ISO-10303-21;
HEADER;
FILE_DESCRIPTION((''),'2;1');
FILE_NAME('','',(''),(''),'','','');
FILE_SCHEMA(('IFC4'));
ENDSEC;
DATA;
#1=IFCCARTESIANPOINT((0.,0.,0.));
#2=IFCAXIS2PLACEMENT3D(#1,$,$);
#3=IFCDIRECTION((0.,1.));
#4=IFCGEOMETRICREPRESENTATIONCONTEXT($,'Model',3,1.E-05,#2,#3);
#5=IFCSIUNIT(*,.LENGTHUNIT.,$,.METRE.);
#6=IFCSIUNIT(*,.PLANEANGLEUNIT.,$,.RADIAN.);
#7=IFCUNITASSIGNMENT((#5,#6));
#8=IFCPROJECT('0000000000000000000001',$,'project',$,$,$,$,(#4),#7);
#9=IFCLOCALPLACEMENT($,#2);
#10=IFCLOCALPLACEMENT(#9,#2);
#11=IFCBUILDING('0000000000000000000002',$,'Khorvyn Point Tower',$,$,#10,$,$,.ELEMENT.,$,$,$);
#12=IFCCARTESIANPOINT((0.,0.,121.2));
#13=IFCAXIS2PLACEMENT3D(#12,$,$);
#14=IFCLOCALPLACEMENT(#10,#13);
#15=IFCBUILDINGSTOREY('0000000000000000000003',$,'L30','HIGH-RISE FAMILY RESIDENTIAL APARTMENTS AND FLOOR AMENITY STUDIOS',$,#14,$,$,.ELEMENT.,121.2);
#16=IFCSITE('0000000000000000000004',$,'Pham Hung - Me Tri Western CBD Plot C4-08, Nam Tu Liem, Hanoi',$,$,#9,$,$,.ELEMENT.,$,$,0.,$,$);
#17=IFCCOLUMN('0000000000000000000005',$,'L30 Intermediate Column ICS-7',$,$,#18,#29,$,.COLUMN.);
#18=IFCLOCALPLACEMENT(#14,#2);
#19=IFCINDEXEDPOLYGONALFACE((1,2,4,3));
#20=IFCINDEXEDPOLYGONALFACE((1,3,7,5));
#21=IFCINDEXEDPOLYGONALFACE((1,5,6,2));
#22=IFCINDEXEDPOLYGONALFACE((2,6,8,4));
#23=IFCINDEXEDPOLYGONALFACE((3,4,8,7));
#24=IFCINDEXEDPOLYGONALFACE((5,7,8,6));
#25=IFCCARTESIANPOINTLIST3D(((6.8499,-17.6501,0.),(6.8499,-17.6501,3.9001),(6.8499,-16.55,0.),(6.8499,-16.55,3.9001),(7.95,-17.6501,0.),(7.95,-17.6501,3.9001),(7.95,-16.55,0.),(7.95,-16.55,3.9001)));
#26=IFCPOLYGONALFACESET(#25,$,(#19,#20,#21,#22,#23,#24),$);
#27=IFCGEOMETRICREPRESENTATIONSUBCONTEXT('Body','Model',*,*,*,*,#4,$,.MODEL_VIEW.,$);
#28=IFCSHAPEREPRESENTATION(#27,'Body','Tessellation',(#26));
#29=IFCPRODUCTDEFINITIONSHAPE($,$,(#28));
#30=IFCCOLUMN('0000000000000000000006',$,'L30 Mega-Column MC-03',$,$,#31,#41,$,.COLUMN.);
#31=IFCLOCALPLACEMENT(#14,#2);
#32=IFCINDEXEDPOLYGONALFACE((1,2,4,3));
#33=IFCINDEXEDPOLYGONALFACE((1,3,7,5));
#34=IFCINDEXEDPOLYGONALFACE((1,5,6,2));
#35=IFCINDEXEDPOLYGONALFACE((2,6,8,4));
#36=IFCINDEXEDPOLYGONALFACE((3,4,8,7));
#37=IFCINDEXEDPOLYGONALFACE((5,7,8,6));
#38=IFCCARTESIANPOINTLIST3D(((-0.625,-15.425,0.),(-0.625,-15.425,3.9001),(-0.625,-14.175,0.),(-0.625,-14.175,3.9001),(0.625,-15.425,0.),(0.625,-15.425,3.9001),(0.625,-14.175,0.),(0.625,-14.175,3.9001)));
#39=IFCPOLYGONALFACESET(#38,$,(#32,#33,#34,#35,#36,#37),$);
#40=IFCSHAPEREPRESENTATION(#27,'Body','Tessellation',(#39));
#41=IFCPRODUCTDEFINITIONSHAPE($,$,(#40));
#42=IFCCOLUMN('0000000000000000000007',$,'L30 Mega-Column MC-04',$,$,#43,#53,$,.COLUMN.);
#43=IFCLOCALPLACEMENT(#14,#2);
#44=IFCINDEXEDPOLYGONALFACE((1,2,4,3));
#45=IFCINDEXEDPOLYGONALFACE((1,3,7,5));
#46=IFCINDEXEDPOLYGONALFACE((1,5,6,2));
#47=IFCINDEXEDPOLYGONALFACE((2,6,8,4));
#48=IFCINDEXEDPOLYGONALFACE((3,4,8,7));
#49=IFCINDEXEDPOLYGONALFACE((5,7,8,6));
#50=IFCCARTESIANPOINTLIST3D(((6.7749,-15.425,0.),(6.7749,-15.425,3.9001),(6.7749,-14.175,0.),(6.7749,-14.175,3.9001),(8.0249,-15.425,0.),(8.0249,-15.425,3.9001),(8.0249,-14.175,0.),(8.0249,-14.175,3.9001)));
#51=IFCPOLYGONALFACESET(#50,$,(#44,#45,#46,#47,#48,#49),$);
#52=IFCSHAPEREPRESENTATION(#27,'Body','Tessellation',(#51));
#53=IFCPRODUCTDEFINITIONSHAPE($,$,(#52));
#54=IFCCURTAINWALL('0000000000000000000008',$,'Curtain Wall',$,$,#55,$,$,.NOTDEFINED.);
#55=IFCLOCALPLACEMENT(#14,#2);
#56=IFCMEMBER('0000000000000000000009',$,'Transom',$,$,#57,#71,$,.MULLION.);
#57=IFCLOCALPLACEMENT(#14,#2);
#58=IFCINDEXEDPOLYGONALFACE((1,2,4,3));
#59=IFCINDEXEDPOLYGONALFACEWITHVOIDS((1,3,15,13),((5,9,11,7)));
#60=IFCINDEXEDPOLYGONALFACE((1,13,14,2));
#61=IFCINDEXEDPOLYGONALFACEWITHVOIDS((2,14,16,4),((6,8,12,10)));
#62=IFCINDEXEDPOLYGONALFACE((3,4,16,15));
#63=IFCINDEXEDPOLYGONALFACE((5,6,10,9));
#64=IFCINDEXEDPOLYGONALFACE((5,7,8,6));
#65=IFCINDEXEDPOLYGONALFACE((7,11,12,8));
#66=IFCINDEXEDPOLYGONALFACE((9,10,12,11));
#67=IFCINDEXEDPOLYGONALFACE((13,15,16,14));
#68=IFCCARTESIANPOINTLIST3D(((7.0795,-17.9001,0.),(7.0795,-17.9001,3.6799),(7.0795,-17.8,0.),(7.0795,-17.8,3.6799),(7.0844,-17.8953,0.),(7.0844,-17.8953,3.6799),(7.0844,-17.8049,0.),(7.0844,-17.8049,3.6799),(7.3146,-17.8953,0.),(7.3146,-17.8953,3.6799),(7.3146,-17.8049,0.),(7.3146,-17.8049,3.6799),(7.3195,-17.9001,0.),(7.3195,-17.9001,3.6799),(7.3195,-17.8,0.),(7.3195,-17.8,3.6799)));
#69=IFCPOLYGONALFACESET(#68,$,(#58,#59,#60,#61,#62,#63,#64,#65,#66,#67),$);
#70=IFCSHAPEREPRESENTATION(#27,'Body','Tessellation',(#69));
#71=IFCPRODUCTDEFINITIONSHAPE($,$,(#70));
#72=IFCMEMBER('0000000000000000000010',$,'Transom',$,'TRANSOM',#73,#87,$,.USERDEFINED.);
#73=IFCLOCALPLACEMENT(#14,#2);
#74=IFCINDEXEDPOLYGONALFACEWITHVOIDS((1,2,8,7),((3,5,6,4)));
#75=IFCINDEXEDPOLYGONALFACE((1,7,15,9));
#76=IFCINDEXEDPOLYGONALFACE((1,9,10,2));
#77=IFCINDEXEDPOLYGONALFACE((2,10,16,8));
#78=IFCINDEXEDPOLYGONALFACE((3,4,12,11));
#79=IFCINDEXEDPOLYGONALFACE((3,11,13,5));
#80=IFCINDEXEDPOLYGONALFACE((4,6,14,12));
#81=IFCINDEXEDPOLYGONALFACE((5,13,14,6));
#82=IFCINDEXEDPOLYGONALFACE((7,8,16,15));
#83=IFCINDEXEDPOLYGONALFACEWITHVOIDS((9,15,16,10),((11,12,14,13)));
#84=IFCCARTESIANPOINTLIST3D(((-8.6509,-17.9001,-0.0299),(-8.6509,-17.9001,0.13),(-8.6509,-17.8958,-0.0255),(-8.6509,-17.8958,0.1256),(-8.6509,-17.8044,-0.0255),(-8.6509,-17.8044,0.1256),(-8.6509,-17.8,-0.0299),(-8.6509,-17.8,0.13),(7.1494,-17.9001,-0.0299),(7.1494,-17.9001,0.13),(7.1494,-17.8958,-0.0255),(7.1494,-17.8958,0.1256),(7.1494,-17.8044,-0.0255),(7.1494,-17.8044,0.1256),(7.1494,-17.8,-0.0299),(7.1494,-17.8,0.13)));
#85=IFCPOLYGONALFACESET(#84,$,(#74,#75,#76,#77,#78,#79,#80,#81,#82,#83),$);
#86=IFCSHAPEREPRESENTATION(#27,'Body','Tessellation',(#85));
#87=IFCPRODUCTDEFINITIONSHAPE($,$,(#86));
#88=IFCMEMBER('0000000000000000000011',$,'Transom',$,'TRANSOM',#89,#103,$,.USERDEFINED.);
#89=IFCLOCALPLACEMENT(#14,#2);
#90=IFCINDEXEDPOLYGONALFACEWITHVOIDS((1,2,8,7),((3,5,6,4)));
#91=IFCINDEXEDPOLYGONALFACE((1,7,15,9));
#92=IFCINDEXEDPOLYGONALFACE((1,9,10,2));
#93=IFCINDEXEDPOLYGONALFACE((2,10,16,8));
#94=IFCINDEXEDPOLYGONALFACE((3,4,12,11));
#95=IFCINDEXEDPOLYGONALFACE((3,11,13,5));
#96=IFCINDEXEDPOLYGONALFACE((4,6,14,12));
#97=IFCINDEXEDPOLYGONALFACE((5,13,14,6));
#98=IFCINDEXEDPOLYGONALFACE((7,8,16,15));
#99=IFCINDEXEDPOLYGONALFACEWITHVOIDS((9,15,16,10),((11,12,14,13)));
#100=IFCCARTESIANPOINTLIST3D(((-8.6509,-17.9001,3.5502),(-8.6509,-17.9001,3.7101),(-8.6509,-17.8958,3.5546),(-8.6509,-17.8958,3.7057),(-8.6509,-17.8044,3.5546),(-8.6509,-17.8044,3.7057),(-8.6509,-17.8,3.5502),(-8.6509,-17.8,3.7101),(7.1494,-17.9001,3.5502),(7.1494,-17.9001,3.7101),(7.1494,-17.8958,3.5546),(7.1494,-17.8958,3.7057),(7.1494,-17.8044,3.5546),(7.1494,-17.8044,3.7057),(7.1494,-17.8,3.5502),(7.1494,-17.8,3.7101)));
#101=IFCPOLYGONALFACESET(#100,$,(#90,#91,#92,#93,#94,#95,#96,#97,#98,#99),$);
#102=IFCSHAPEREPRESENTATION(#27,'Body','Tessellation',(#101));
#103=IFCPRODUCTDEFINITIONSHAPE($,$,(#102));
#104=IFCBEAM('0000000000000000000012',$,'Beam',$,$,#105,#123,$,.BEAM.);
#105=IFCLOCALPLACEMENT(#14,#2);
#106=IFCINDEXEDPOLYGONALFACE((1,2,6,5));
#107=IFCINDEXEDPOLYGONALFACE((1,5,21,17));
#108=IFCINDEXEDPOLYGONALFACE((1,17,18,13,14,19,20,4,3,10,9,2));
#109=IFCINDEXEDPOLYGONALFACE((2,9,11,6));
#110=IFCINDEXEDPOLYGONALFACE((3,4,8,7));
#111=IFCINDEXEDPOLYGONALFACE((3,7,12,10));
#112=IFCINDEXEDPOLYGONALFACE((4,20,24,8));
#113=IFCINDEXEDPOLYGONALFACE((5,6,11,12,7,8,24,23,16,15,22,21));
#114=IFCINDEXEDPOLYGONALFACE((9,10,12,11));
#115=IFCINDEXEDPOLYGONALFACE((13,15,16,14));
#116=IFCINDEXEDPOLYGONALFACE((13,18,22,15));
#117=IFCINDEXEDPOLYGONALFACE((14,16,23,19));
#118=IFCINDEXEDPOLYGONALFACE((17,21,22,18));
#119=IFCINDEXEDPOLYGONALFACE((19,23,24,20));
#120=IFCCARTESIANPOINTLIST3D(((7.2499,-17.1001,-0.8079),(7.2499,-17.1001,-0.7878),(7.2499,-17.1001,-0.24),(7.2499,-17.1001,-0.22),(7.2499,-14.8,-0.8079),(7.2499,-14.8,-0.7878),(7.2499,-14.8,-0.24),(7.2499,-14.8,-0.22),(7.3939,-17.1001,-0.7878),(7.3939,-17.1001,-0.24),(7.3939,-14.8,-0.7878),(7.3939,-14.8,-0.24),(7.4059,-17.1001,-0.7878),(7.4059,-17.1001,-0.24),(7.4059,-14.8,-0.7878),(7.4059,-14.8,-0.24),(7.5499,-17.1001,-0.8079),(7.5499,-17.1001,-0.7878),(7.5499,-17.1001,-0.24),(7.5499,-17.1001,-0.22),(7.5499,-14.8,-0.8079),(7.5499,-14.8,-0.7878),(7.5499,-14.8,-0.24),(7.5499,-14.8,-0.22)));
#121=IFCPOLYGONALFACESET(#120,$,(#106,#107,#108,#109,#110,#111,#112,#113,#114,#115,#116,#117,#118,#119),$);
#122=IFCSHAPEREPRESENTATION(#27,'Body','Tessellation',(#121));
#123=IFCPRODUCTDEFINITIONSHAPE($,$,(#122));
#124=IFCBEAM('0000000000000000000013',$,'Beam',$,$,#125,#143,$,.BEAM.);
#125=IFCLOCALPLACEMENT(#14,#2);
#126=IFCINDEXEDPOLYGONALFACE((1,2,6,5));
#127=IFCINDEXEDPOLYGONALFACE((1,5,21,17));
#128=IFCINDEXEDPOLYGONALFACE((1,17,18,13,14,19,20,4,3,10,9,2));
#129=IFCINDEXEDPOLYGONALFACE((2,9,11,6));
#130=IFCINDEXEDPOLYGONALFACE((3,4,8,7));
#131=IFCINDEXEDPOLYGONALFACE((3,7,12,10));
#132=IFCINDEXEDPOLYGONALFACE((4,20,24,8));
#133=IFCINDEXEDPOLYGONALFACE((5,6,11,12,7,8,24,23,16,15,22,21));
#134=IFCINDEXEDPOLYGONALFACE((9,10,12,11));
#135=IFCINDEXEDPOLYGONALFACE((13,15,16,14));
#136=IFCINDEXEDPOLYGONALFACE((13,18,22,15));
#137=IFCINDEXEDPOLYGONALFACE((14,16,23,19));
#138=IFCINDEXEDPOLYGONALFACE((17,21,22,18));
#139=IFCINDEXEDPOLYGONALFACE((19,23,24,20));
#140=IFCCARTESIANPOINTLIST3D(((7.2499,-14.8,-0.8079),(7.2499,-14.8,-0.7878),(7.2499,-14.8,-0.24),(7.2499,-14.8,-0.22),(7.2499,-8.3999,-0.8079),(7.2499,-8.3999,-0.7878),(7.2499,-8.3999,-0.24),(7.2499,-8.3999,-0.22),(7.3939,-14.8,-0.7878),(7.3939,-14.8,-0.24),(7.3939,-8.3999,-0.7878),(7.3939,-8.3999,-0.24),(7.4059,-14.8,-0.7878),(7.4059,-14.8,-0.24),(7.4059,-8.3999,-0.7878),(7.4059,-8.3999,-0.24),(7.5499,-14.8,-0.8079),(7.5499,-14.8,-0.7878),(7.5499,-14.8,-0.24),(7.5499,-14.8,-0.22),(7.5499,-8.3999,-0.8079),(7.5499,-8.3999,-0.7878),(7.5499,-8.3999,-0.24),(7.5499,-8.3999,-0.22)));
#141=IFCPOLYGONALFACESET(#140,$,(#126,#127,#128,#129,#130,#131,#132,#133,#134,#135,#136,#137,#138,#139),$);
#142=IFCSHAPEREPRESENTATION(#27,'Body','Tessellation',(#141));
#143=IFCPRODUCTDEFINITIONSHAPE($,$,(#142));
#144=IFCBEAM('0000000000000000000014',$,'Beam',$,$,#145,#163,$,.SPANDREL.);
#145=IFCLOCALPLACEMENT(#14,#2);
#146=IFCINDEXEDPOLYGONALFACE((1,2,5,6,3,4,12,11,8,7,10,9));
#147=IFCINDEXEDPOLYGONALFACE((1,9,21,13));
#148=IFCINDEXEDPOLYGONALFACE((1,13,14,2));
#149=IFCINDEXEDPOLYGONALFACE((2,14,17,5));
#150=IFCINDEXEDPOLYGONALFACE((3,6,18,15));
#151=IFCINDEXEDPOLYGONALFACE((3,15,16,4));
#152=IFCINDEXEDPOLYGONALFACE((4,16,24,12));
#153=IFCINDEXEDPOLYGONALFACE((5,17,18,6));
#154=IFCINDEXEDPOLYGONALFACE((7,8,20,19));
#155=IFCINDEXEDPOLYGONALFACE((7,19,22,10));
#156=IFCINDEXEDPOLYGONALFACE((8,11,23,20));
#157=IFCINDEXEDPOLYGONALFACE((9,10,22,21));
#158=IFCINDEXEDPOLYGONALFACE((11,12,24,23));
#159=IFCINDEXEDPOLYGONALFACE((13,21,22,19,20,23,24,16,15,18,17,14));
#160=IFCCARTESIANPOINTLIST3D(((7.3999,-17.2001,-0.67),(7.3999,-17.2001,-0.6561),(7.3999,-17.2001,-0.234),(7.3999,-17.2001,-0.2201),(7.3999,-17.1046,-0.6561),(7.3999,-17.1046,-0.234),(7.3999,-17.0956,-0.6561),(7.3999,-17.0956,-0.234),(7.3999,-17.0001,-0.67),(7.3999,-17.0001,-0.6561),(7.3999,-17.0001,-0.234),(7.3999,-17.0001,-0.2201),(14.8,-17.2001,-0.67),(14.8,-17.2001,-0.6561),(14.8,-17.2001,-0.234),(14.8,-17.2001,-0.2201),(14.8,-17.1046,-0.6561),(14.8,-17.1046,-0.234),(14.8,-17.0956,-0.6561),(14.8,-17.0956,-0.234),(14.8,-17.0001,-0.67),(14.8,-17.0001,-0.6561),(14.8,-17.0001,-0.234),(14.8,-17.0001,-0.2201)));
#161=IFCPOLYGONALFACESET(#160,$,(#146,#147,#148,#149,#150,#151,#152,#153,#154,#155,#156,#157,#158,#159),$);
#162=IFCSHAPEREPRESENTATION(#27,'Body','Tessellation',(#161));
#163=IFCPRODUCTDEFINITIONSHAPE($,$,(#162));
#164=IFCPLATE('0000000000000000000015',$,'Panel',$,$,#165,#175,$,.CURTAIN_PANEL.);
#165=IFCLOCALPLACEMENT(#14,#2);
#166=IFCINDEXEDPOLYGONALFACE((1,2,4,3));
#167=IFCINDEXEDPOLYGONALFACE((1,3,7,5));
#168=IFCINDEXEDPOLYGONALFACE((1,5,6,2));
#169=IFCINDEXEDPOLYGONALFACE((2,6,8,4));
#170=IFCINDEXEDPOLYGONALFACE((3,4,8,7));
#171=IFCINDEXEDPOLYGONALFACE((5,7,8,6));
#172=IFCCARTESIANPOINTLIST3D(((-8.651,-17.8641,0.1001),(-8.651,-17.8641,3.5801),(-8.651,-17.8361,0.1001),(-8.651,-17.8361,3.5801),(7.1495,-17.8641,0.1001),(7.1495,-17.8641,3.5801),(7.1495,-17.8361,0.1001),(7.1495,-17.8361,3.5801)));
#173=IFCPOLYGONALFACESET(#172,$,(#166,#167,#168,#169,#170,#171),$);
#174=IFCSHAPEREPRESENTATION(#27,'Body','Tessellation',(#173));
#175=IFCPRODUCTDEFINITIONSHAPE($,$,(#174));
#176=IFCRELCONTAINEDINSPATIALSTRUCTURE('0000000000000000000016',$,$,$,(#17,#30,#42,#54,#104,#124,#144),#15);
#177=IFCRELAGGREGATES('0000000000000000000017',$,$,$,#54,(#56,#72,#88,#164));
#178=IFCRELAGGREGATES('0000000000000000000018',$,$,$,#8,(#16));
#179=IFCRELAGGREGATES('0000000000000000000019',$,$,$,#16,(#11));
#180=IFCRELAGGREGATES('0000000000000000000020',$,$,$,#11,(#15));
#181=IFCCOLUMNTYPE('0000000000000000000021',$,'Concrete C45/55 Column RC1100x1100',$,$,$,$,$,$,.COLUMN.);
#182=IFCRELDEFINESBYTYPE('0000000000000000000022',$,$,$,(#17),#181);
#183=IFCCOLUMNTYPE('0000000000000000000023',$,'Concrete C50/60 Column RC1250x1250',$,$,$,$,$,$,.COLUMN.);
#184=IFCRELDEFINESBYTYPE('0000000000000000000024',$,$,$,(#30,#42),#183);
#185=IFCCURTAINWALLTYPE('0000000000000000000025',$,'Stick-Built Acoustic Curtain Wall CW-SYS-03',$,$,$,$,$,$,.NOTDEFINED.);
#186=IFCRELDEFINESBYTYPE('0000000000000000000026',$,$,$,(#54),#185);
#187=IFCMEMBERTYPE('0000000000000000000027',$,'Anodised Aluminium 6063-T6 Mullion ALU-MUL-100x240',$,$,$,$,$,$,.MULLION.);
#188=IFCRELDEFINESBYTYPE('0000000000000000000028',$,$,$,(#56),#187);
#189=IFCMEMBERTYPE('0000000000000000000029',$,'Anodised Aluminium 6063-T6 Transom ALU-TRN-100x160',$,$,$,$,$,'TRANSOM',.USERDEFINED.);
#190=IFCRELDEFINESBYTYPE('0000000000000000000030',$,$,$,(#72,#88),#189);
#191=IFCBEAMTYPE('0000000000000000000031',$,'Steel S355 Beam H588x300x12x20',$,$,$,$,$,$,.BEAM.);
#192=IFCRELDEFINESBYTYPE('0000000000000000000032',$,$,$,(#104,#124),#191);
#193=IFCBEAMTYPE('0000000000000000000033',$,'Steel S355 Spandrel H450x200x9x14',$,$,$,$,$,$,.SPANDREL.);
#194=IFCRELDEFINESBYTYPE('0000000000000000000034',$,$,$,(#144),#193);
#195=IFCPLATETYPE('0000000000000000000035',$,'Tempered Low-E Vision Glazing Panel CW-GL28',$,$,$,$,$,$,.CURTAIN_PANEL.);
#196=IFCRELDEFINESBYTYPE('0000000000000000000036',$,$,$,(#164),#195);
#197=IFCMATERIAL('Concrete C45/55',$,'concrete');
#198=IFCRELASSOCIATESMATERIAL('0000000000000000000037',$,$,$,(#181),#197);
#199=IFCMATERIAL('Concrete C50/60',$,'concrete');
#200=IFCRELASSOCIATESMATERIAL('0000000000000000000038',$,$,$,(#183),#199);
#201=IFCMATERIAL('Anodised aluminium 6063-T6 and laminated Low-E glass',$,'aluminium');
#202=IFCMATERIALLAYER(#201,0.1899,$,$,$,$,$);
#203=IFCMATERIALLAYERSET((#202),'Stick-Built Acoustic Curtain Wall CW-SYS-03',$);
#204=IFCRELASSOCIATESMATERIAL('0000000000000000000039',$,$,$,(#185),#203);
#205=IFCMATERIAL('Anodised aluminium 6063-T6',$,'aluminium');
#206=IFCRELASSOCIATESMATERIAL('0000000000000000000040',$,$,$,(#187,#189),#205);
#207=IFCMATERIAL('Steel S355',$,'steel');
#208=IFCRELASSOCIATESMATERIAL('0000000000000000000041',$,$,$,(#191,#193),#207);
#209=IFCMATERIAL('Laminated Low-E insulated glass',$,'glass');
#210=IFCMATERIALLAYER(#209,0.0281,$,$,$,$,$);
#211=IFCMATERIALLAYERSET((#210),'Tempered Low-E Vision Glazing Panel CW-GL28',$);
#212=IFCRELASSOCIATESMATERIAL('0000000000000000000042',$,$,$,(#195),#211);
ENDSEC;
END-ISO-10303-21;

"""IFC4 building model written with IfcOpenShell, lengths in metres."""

from ifc_helpers import new_model, si_unit, direction, frame, origin, origin_2d, place, context, subcontext, project, spatial, rectangle, hollow_rectangle, i_section, extrude, material, layer, layer_set, material_profile, profile_set, type_object, element, aggregate, save


model = new_model("IFC4")

# Units and contexts
model_context = context("Model", 3, precision=1e-05, world=origin(), true_north=direction((0.0, 1.0)))
body_context = subcontext(model_context, "Body", "Model", "MODEL_VIEW")
ifc_project = project(units=[si_unit("LENGTHUNIT", "METRE"), si_unit("PLANEANGLEUNIT", "RADIAN")], contexts=[model_context])

# Site, building, storey
site_placement = place(None, origin())
site = spatial("IfcSite", under=ifc_project, at=site_placement, Name="Pham Hung - Me Tri Western CBD Plot C4-08, Nam Tu Liem, Hanoi", CompositionType="ELEMENT", RefElevation=0.0)
building_placement = place(site_placement, origin())
building = spatial("IfcBuilding", under=site, at=building_placement, Name="Khorvyn Point Tower", CompositionType="ELEMENT")
storey_placement = place(building_placement, frame((0.0, 0.0, 121.2)))
storey = spatial("IfcBuildingStorey", under=building, at=storey_placement, Name="L30", Description="HIGH-RISE FAMILY RESIDENTIAL APARTMENTS AND FLOOR AMENITY STUDIOS", CompositionType="ELEMENT", Elevation=121.2)

# Columns
ifc_material_1 = material(Name="Concrete C45/55", Category="concrete")
ifc_material_profile_1 = material_profile(ifc_material_1, rectangle(XDim=1.1001, YDim=1.1001, at=origin_2d()))
ifc_profile_set_1 = profile_set([ifc_material_profile_1], Name="Concrete C45/55 RC1100x1100")
column_type_1 = type_object("IfcColumnType", Name="Concrete C45/55 Column RC1100x1100", PredefinedType="COLUMN", material=ifc_profile_set_1)
column_placement = place(storey_placement, frame((7.3999, -17.1001, 0.0), z_axis=(0.0, 0.0, 1.0), x_axis=(1.0, 0.0, 0.0)))
element("IfcColumn", 1, at=column_placement, inside=storey, type_object=column_type_1, Name="L30 Intermediate Column ICS-7", PredefinedType="COLUMN", context=body_context, shape_type="SweptSolid", body=[
    extrude(rectangle(XDim=1.1001, YDim=1.1001, at=origin_2d()), origin(), (0.0, 0.0, 1.0), 3.9001),
])
ifc_material_2 = material(Name="Concrete C50/60", Category="concrete")
ifc_material_profile_2 = material_profile(ifc_material_2, rectangle(XDim=1.25, YDim=1.25, at=origin_2d()))
ifc_profile_set_2 = profile_set([ifc_material_profile_2], Name="Concrete C50/60 RC1250x1250")
column_type_2 = type_object("IfcColumnType", Name="Concrete C50/60 Column RC1250x1250", PredefinedType="COLUMN", material=ifc_profile_set_2)
for number, where, z_axis, x_axis, name in (
    (2, (0.0, -14.8, 0.0), (0.0, 0.0, 1.0), (1.0, 0.0, 0.0), "L30 Mega-Column MC-03"),
    (3, (7.3999, -14.8, 0.0), (0.0, 0.0, 1.0), (1.0, 0.0, 0.0), "L30 Mega-Column MC-04"),
):
    element("IfcColumn", number, at=place(storey_placement, frame(where, z_axis=z_axis, x_axis=x_axis)), inside=storey, type_object=column_type_2, Name=name, PredefinedType="COLUMN", context=body_context, shape_type="SweptSolid", body=[
        extrude(rectangle(XDim=1.25, YDim=1.25, at=origin_2d()), origin(), (0.0, 0.0, 1.0), 3.9001),
    ])

# Curtain wall, members
ifc_material_3 = material(Name="Anodised aluminium 6063-T6 and laminated Low-E glass", Category="aluminium")
ifc_layer_1 = layer(ifc_material_3, 0.1899)
ifc_layer_set_1 = layer_set([ifc_layer_1], Name="Stick-Built Acoustic Curtain Wall CW-SYS-03")
curtain_wall_type = type_object("IfcCurtainWallType", Name="Stick-Built Acoustic Curtain Wall CW-SYS-03", PredefinedType="NOTDEFINED", material=ifc_layer_set_1)
curtain_wall_placement = place(storey_placement, origin())
curtain_wall = element("IfcCurtainWall", 4, at=curtain_wall_placement, inside=storey, type_object=curtain_wall_type, Name="Curtain Wall", PredefinedType="NOTDEFINED")
ifc_material_4 = material(Name="Anodised aluminium 6063-T6", Category="aluminium")
ifc_material_profile_3 = material_profile(ifc_material_4, hollow_rectangle(XDim=0.1001, YDim=0.24, WallThickness=0.0049, at=origin_2d()))
ifc_profile_set_3 = profile_set([ifc_material_profile_3], Name="Anodised aluminium 6063-T6 ALU-MUL-100x240")
member_type_1 = type_object("IfcMemberType", Name="Anodised Aluminium 6063-T6 Mullion ALU-MUL-100x240", PredefinedType="MULLION", material=ifc_profile_set_3)
member_1_placement = place(storey_placement, frame((7.1995, -17.8501, 0.0), z_axis=(0.0, 0.0, 1.0), x_axis=(0.0, -1.0, 0.0)))
member_1 = element("IfcMember", 5, at=member_1_placement, type_object=member_type_1, Name="Transom", PredefinedType="MULLION", context=body_context, shape_type="SweptSolid", body=[
    extrude(hollow_rectangle(XDim=0.1001, YDim=0.24, WallThickness=0.0049, at=origin_2d()), origin(), (0.0, 0.0, 1.0), 3.6799),
])
ifc_material_profile_4 = material_profile(ifc_material_4, hollow_rectangle(XDim=0.1001, YDim=0.1599, WallThickness=0.0044, at=origin_2d()))
ifc_profile_set_4 = profile_set([ifc_material_profile_4], Name="Anodised aluminium 6063-T6 ALU-TRN-100x160")
member_type_2 = type_object("IfcMemberType", Name="Anodised Aluminium 6063-T6 Transom ALU-TRN-100x160", ElementType="TRANSOM", PredefinedType="USERDEFINED", material=ifc_profile_set_4)
member_2_placement = place(storey_placement, frame((7.1494, -17.8501, 0.05), z_axis=(-1.0, 0.0, 0.0), x_axis=(0.0, -1.0, 0.0)))
member_2 = element("IfcMember", 6, at=member_2_placement, type_object=member_type_2, Name="Transom", ObjectType="TRANSOM", PredefinedType="USERDEFINED", context=body_context, shape_type="SweptSolid", body=[
    extrude(hollow_rectangle(XDim=0.1001, YDim=0.1599, WallThickness=0.0044, at=origin_2d()), origin(), (0.0, 0.0, 1.0), 15.8003),
])
member_3_placement = place(storey_placement, frame((7.1494, -17.8501, 3.6301), z_axis=(-1.0, 0.0, 0.0), x_axis=(0.0, -1.0, 0.0)))
member_3 = element("IfcMember", 7, at=member_3_placement, type_object=member_type_2, Name="Transom", ObjectType="TRANSOM", PredefinedType="USERDEFINED", context=body_context, shape_type="SweptSolid", body=[
    extrude(hollow_rectangle(XDim=0.1001, YDim=0.1599, WallThickness=0.0044, at=origin_2d()), origin(), (0.0, 0.0, 1.0), 15.8003),
])

# Beams
ifc_material_5 = material(Name="Steel S355", Category="steel")
ifc_material_profile_5 = material_profile(ifc_material_5, i_section(OverallWidth=0.3, OverallDepth=0.5879, WebThickness=0.012, FlangeThickness=0.02, at=origin_2d()))
ifc_profile_set_5 = profile_set([ifc_material_profile_5], Name="Steel S355 H588x300x12x20")
beam_type_1 = type_object("IfcBeamType", Name="Steel S355 Beam H588x300x12x20", PredefinedType="BEAM", material=ifc_profile_set_5)
beam_1_placement = place(storey_placement, frame((7.3999, -17.1001, -0.5139), z_axis=(0.0, 1.0, 0.0), x_axis=(-1.0, 0.0, 0.0)))
element("IfcBeam", 8, at=beam_1_placement, inside=storey, type_object=beam_type_1, Name="Beam", PredefinedType="BEAM", context=body_context, shape_type="SweptSolid", body=[
    extrude(i_section(OverallWidth=0.3, OverallDepth=0.5879, WebThickness=0.012, FlangeThickness=0.02, at=origin_2d()), origin(), (0.0, 0.0, 1.0), 2.3),
])
beam_2_placement = place(storey_placement, frame((7.3999, -14.8, -0.5139), z_axis=(0.0, 1.0, 0.0), x_axis=(-1.0, 0.0, 0.0)))
element("IfcBeam", 9, at=beam_2_placement, inside=storey, type_object=beam_type_1, Name="Beam", PredefinedType="BEAM", context=body_context, shape_type="SweptSolid", body=[
    extrude(i_section(OverallWidth=0.3, OverallDepth=0.5879, WebThickness=0.012, FlangeThickness=0.02, at=origin_2d()), origin(), (0.0, 0.0, 1.0), 6.4001),
])
ifc_material_profile_6 = material_profile(ifc_material_5, i_section(OverallWidth=0.2, OverallDepth=0.45, WebThickness=0.009, FlangeThickness=0.0139, at=origin_2d()))
ifc_profile_set_6 = profile_set([ifc_material_profile_6], Name="Steel S355 H450x200x9x14")
beam_type_2 = type_object("IfcBeamType", Name="Steel S355 Spandrel H450x200x9x14", PredefinedType="SPANDREL", material=ifc_profile_set_6)
beam_3_placement = place(storey_placement, frame((7.3999, -17.1001, -0.4451), z_axis=(1.0, 0.0, 0.0), x_axis=(0.0, 1.0, 0.0)))
element("IfcBeam", 10, at=beam_3_placement, inside=storey, type_object=beam_type_2, Name="Beam", PredefinedType="SPANDREL", context=body_context, shape_type="SweptSolid", body=[
    extrude(i_section(OverallWidth=0.2, OverallDepth=0.45, WebThickness=0.009, FlangeThickness=0.0139, at=origin_2d()), origin(), (0.0, 0.0, 1.0), 7.4001),
])

# Plate
ifc_material_6 = material(Name="Laminated Low-E insulated glass", Category="glass")
ifc_layer_2 = layer(ifc_material_6, 0.0281)
ifc_layer_set_2 = layer_set([ifc_layer_2], Name="Tempered Low-E Vision Glazing Panel CW-GL28")
plate_type = type_object("IfcPlateType", Name="Tempered Low-E Vision Glazing Panel CW-GL28", PredefinedType="CURTAIN_PANEL", material=ifc_layer_set_2)
plate_placement = place(storey_placement, frame((-0.7507, -17.8501, 0.1001), z_axis=(0.0, 0.0, 1.0), x_axis=(-1.0, 0.0, 0.0)))
plate = element("IfcPlate", 11, at=plate_placement, type_object=plate_type, Name="Panel", PredefinedType="CURTAIN_PANEL", context=body_context, shape_type="SweptSolid", body=[
    extrude(rectangle(XDim=15.8005, YDim=0.0281, at=origin_2d()), origin(), (0.0, 0.0, 1.0), 3.48),
])
aggregate(curtain_wall, [member_1, member_2, member_3, plate])

save(model, "model.ifc")
